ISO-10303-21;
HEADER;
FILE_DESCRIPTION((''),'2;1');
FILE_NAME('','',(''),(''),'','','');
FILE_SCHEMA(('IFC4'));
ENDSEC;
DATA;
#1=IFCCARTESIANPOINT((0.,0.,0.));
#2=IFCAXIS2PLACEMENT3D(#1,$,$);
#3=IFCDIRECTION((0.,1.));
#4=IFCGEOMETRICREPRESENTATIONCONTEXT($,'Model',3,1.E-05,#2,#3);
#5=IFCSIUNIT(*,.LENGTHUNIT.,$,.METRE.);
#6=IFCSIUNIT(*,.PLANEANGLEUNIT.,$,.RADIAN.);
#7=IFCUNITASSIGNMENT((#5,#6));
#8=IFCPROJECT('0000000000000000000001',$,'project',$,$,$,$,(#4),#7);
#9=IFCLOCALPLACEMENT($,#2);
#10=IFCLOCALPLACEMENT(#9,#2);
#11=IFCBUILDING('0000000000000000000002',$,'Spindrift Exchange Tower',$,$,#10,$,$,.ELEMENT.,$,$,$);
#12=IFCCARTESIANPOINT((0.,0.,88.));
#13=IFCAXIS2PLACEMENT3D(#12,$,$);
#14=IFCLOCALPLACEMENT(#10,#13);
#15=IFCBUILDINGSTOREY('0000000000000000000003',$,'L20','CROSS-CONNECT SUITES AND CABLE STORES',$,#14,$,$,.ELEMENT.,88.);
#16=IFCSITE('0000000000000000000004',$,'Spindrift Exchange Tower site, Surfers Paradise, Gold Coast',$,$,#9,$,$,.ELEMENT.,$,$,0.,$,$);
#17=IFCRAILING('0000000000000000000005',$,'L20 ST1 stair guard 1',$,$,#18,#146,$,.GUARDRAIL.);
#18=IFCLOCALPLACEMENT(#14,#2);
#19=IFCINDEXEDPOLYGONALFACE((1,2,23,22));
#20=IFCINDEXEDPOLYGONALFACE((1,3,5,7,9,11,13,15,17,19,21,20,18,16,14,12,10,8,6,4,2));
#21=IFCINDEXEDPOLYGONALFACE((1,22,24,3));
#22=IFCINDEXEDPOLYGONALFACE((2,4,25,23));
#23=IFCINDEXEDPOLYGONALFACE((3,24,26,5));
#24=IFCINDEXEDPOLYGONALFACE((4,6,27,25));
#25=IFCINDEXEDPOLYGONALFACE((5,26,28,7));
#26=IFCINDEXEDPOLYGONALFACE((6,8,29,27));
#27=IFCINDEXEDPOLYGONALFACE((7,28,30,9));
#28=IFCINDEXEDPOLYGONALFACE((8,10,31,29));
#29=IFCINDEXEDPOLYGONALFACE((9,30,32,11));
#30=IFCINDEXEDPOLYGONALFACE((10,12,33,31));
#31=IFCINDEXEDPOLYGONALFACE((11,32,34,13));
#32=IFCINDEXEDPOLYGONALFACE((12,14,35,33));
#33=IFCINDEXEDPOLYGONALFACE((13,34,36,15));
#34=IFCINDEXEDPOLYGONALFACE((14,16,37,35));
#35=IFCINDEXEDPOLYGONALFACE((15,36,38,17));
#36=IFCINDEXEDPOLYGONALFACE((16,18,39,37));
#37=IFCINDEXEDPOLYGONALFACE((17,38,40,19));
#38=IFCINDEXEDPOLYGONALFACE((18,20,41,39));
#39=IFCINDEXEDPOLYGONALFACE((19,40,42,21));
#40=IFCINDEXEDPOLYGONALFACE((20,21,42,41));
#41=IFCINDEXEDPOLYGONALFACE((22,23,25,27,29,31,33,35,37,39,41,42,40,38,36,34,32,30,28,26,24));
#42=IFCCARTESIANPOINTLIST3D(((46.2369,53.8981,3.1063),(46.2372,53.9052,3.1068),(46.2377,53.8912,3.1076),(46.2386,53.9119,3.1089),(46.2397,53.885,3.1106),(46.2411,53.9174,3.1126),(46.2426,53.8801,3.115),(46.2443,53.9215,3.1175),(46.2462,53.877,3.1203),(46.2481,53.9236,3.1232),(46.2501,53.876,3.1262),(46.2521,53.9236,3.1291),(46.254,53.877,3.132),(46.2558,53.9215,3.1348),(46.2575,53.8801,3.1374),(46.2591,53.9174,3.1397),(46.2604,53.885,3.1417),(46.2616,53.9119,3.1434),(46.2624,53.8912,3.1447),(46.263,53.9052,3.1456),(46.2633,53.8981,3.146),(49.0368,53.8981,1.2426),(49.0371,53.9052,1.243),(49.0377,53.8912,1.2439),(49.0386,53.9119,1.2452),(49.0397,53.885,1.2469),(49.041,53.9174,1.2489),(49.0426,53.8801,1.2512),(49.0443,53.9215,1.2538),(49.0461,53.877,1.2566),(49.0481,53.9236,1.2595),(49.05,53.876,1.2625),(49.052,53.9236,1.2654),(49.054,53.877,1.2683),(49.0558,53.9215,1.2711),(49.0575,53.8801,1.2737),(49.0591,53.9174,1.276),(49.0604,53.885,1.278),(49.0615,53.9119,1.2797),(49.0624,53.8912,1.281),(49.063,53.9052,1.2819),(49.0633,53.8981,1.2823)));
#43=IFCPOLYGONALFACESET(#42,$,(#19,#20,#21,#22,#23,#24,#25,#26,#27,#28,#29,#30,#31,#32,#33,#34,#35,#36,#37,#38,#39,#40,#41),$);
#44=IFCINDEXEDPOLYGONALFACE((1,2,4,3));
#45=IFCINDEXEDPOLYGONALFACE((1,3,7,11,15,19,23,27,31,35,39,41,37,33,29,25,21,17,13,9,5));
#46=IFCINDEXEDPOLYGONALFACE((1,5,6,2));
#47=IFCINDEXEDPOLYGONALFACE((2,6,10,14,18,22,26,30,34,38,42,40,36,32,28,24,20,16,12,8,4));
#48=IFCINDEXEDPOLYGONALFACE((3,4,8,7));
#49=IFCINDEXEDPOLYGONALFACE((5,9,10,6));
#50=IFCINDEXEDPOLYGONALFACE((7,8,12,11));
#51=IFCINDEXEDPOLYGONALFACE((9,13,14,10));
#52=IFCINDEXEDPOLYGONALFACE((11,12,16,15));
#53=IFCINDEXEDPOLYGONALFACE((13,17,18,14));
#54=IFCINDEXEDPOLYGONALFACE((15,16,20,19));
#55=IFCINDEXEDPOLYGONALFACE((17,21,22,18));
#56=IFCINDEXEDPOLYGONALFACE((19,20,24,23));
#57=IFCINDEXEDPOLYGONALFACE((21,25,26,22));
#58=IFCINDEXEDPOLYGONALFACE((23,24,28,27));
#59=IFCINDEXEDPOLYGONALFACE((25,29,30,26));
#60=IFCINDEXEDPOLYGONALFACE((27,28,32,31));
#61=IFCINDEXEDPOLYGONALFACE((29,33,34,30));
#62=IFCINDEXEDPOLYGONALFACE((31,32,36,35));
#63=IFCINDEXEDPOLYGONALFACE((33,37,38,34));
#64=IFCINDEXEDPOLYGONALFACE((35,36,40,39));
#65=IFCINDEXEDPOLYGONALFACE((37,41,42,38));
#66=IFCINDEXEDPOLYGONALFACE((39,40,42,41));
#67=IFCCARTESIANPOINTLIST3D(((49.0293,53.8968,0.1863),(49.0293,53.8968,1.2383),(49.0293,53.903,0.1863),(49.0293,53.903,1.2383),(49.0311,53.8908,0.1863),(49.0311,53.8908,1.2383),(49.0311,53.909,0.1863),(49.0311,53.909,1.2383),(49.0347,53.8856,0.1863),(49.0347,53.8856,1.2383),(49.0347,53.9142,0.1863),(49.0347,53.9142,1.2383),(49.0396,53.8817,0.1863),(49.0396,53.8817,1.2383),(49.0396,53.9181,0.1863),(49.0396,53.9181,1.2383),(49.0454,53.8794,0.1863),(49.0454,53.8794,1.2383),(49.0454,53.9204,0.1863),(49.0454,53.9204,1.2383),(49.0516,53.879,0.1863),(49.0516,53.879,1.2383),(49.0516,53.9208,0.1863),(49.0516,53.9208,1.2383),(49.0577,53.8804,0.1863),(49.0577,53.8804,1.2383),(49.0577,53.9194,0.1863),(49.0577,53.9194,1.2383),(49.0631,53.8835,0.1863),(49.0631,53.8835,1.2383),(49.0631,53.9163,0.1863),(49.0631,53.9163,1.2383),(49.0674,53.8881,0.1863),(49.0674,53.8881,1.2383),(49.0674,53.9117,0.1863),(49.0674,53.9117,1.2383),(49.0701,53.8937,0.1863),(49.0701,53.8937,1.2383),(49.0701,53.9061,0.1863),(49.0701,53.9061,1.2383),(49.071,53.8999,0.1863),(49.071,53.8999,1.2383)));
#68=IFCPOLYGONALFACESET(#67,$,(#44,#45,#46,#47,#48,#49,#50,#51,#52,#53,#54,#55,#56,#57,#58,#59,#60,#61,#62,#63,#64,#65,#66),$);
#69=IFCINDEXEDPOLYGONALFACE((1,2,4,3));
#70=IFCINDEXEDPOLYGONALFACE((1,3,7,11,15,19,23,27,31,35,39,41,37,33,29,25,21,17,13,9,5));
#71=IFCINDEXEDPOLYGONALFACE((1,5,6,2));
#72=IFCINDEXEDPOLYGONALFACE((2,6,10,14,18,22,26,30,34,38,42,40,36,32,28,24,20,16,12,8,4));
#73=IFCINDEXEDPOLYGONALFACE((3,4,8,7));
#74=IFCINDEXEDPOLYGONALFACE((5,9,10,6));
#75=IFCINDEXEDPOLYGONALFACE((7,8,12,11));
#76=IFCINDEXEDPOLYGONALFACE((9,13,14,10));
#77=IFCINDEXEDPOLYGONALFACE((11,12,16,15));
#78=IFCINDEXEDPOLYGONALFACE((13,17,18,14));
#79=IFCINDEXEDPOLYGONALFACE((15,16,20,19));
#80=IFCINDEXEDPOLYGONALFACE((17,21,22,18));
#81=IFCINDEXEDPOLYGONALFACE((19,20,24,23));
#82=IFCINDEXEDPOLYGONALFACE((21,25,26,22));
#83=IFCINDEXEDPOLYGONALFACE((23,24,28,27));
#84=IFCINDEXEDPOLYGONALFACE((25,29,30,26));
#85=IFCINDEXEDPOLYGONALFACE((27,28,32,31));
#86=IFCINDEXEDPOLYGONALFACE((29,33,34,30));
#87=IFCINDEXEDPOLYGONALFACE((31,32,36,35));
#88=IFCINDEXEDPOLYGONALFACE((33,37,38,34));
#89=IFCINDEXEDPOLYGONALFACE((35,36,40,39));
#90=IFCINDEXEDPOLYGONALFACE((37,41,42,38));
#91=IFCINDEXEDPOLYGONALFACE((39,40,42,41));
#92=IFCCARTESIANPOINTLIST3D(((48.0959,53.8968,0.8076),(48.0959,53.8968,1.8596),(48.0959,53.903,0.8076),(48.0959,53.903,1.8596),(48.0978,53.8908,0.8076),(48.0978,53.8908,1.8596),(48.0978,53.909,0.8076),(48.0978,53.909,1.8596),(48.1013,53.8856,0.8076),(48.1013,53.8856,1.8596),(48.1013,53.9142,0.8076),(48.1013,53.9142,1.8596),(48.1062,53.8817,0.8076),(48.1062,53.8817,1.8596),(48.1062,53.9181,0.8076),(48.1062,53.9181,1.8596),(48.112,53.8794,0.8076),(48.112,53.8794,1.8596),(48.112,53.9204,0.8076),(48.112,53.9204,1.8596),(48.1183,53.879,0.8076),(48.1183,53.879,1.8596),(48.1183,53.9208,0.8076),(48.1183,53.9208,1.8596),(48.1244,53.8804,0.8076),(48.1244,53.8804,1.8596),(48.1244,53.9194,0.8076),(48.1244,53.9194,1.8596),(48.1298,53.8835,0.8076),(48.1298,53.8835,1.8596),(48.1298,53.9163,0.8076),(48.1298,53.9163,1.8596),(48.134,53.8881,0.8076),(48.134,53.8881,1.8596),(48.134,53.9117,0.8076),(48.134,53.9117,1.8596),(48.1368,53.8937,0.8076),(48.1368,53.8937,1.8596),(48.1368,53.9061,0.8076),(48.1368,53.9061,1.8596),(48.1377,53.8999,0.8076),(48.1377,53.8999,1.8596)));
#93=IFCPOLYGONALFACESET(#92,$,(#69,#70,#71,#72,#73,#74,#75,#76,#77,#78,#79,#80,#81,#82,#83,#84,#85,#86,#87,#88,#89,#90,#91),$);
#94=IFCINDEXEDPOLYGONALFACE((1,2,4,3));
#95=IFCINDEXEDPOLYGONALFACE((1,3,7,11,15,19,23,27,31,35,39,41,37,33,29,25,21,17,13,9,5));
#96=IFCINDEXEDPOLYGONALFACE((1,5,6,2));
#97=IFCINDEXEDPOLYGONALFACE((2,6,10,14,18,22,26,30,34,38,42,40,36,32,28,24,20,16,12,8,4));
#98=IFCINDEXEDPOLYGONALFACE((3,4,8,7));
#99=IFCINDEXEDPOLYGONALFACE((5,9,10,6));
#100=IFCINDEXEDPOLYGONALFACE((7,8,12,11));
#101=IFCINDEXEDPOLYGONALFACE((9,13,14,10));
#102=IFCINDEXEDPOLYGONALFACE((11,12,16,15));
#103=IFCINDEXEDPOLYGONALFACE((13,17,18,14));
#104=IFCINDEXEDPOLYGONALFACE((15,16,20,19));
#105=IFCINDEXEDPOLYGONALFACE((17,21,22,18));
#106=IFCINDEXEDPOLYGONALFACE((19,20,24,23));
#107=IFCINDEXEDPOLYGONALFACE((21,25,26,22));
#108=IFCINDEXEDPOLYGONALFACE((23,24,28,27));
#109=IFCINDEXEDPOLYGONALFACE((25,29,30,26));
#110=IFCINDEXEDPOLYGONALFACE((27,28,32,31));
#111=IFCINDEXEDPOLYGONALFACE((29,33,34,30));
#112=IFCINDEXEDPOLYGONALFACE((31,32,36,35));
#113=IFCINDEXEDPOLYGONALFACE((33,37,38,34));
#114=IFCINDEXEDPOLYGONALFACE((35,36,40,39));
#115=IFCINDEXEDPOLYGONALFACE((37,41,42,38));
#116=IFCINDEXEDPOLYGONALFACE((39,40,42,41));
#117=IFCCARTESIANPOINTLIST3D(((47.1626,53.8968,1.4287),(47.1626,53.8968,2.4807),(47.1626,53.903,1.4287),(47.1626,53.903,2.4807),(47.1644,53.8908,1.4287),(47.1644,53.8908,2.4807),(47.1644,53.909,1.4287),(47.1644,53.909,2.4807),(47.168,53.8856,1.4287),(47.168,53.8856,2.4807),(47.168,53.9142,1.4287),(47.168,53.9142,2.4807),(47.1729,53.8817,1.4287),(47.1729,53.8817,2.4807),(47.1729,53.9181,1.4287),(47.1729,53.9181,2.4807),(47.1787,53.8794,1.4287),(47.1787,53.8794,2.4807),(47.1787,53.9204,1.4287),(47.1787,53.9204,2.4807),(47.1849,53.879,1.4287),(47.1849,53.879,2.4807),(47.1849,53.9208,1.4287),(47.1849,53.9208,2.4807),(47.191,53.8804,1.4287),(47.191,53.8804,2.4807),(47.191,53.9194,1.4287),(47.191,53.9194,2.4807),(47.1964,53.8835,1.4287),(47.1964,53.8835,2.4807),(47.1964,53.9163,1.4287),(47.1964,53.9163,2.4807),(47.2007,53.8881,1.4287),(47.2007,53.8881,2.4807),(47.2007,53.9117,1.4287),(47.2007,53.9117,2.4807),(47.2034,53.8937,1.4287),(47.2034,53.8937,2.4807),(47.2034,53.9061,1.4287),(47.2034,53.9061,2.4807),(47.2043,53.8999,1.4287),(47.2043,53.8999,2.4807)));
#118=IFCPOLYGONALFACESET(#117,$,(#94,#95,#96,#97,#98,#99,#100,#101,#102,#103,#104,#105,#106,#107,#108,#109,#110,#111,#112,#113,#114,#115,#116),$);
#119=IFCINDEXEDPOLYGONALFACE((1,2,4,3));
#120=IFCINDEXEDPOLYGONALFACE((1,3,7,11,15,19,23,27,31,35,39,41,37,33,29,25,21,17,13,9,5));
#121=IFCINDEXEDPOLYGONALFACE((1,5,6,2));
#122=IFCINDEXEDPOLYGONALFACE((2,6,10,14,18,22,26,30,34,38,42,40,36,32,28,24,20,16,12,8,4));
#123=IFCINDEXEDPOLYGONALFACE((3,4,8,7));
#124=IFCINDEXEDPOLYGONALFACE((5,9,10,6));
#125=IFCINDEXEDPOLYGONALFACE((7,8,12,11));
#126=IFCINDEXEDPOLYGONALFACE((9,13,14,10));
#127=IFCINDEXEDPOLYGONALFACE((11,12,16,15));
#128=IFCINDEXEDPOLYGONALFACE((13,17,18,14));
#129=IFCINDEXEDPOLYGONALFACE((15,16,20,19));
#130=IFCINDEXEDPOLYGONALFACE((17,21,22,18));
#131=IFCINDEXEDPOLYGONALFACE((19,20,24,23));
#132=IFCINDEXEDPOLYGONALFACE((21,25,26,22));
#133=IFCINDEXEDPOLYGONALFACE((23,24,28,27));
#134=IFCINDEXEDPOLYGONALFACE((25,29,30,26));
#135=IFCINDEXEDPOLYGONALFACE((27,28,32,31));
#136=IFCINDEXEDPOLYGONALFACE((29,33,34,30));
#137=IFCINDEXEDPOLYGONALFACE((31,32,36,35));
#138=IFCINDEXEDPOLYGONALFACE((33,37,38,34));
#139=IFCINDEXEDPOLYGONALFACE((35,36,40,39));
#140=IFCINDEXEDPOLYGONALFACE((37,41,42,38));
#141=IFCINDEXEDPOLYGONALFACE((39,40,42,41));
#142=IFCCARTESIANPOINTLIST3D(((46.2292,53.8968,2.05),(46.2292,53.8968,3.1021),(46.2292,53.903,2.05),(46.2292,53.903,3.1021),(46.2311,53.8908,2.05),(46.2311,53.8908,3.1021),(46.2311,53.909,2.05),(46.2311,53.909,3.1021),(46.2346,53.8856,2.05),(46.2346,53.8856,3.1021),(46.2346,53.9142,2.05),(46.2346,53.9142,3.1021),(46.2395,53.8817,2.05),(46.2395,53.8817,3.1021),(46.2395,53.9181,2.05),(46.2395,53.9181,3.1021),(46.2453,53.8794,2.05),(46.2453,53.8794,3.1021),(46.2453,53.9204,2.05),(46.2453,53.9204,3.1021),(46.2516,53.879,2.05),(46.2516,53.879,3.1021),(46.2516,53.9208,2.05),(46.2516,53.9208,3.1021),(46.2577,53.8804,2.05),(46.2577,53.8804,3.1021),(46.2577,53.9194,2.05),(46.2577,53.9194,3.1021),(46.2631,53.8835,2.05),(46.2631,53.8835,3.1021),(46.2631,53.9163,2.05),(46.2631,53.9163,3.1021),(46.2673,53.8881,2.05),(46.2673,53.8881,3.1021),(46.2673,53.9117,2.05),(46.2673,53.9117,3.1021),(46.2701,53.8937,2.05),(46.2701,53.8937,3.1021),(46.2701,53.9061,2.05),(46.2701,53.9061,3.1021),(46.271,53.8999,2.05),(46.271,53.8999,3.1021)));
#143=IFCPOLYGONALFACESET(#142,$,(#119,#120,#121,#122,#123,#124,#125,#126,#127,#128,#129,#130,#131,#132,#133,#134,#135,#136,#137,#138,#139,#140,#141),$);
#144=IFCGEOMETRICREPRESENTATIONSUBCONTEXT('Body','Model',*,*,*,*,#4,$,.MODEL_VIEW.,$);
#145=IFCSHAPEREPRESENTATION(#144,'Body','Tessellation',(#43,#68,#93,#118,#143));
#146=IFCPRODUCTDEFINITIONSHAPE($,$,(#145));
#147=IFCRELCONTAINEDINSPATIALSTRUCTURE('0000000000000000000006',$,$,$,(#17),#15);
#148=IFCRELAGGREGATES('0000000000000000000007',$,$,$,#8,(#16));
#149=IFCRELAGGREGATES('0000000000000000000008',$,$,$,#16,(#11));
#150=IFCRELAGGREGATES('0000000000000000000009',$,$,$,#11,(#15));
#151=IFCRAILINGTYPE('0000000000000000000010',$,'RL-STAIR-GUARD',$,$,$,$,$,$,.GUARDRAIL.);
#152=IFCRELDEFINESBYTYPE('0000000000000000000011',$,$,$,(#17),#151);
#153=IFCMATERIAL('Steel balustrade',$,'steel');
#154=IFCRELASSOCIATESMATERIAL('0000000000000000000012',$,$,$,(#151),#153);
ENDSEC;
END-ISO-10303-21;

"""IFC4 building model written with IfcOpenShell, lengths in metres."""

from ifc_helpers import new_model, si_unit, direction, frame, origin, origin_2d, place, context, subcontext, project, spatial, circle, extrude, material, type_object, element, save


model = new_model("IFC4")

# Units and contexts
model_context = context("Model", 3, precision=1e-05, world=origin(), true_north=direction((0.0, 1.0)))
body_context = subcontext(model_context, "Body", "Model", "MODEL_VIEW")
ifc_project = project(units=[si_unit("LENGTHUNIT", "METRE"), si_unit("PLANEANGLEUNIT", "RADIAN")], contexts=[model_context])

# Site, building, storey
site_placement = place(None, origin())
site = spatial("IfcSite", under=ifc_project, at=site_placement, Name="Spindrift Exchange Tower site, Surfers Paradise, Gold Coast", CompositionType="ELEMENT", RefElevation=0.0)
building_placement = place(site_placement, origin())
building = spatial("IfcBuilding", under=site, at=building_placement, Name="Spindrift Exchange Tower", CompositionType="ELEMENT")
storey_placement = place(building_placement, frame((0.0, 0.0, 88.0)))
storey = spatial("IfcBuildingStorey", under=building, at=storey_placement, Name="L20", Description="CROSS-CONNECT SUITES AND CABLE STORES", CompositionType="ELEMENT", Elevation=88.0)

# Railing
ifc_material_1 = material(Name="Steel balustrade", Category="steel")
railing_type_1 = type_object("IfcRailingType", Name="RL-STAIR-GUARD", PredefinedType="GUARDRAIL", material=ifc_material_1)
railing_1_placement = place(storey_placement, frame((49.05, 53.8999, 0.1863)))
element("IfcRailing", 1, at=railing_1_placement, inside=storey, type_object=railing_type_1, Name="L20 ST1 stair guard 1", PredefinedType="GUARDRAIL", context=body_context, shape_type="SweptSolid", body=[
    extrude(circle(Radius=0.0239, at=origin_2d()), frame((0.0, 0.0, 1.0762), z_axis=(-0.832452, 0.0, 0.554097), x_axis=(0.0, -1.0, 0.0)), (0.0, 0.0, 1.0), 3.3635),
    extrude(circle(Radius=0.021, at=origin_2d()), origin(), (0.0, 0.0, 1.0), 1.052),
    extrude(circle(Radius=0.021, at=origin_2d()), frame((-0.9333, 0.0, 0.6213)), (0.0, 0.0, 1.0), 1.052),
    extrude(circle(Radius=0.021, at=origin_2d()), frame((-1.8667, 0.0, 1.2424)), (0.0, 0.0, 1.0), 1.052),
    extrude(circle(Radius=0.021, at=origin_2d()), frame((-2.8, 0.0, 1.8638)), (0.0, 0.0, 1.0), 1.052),
])

save(model, "model.ifc")
